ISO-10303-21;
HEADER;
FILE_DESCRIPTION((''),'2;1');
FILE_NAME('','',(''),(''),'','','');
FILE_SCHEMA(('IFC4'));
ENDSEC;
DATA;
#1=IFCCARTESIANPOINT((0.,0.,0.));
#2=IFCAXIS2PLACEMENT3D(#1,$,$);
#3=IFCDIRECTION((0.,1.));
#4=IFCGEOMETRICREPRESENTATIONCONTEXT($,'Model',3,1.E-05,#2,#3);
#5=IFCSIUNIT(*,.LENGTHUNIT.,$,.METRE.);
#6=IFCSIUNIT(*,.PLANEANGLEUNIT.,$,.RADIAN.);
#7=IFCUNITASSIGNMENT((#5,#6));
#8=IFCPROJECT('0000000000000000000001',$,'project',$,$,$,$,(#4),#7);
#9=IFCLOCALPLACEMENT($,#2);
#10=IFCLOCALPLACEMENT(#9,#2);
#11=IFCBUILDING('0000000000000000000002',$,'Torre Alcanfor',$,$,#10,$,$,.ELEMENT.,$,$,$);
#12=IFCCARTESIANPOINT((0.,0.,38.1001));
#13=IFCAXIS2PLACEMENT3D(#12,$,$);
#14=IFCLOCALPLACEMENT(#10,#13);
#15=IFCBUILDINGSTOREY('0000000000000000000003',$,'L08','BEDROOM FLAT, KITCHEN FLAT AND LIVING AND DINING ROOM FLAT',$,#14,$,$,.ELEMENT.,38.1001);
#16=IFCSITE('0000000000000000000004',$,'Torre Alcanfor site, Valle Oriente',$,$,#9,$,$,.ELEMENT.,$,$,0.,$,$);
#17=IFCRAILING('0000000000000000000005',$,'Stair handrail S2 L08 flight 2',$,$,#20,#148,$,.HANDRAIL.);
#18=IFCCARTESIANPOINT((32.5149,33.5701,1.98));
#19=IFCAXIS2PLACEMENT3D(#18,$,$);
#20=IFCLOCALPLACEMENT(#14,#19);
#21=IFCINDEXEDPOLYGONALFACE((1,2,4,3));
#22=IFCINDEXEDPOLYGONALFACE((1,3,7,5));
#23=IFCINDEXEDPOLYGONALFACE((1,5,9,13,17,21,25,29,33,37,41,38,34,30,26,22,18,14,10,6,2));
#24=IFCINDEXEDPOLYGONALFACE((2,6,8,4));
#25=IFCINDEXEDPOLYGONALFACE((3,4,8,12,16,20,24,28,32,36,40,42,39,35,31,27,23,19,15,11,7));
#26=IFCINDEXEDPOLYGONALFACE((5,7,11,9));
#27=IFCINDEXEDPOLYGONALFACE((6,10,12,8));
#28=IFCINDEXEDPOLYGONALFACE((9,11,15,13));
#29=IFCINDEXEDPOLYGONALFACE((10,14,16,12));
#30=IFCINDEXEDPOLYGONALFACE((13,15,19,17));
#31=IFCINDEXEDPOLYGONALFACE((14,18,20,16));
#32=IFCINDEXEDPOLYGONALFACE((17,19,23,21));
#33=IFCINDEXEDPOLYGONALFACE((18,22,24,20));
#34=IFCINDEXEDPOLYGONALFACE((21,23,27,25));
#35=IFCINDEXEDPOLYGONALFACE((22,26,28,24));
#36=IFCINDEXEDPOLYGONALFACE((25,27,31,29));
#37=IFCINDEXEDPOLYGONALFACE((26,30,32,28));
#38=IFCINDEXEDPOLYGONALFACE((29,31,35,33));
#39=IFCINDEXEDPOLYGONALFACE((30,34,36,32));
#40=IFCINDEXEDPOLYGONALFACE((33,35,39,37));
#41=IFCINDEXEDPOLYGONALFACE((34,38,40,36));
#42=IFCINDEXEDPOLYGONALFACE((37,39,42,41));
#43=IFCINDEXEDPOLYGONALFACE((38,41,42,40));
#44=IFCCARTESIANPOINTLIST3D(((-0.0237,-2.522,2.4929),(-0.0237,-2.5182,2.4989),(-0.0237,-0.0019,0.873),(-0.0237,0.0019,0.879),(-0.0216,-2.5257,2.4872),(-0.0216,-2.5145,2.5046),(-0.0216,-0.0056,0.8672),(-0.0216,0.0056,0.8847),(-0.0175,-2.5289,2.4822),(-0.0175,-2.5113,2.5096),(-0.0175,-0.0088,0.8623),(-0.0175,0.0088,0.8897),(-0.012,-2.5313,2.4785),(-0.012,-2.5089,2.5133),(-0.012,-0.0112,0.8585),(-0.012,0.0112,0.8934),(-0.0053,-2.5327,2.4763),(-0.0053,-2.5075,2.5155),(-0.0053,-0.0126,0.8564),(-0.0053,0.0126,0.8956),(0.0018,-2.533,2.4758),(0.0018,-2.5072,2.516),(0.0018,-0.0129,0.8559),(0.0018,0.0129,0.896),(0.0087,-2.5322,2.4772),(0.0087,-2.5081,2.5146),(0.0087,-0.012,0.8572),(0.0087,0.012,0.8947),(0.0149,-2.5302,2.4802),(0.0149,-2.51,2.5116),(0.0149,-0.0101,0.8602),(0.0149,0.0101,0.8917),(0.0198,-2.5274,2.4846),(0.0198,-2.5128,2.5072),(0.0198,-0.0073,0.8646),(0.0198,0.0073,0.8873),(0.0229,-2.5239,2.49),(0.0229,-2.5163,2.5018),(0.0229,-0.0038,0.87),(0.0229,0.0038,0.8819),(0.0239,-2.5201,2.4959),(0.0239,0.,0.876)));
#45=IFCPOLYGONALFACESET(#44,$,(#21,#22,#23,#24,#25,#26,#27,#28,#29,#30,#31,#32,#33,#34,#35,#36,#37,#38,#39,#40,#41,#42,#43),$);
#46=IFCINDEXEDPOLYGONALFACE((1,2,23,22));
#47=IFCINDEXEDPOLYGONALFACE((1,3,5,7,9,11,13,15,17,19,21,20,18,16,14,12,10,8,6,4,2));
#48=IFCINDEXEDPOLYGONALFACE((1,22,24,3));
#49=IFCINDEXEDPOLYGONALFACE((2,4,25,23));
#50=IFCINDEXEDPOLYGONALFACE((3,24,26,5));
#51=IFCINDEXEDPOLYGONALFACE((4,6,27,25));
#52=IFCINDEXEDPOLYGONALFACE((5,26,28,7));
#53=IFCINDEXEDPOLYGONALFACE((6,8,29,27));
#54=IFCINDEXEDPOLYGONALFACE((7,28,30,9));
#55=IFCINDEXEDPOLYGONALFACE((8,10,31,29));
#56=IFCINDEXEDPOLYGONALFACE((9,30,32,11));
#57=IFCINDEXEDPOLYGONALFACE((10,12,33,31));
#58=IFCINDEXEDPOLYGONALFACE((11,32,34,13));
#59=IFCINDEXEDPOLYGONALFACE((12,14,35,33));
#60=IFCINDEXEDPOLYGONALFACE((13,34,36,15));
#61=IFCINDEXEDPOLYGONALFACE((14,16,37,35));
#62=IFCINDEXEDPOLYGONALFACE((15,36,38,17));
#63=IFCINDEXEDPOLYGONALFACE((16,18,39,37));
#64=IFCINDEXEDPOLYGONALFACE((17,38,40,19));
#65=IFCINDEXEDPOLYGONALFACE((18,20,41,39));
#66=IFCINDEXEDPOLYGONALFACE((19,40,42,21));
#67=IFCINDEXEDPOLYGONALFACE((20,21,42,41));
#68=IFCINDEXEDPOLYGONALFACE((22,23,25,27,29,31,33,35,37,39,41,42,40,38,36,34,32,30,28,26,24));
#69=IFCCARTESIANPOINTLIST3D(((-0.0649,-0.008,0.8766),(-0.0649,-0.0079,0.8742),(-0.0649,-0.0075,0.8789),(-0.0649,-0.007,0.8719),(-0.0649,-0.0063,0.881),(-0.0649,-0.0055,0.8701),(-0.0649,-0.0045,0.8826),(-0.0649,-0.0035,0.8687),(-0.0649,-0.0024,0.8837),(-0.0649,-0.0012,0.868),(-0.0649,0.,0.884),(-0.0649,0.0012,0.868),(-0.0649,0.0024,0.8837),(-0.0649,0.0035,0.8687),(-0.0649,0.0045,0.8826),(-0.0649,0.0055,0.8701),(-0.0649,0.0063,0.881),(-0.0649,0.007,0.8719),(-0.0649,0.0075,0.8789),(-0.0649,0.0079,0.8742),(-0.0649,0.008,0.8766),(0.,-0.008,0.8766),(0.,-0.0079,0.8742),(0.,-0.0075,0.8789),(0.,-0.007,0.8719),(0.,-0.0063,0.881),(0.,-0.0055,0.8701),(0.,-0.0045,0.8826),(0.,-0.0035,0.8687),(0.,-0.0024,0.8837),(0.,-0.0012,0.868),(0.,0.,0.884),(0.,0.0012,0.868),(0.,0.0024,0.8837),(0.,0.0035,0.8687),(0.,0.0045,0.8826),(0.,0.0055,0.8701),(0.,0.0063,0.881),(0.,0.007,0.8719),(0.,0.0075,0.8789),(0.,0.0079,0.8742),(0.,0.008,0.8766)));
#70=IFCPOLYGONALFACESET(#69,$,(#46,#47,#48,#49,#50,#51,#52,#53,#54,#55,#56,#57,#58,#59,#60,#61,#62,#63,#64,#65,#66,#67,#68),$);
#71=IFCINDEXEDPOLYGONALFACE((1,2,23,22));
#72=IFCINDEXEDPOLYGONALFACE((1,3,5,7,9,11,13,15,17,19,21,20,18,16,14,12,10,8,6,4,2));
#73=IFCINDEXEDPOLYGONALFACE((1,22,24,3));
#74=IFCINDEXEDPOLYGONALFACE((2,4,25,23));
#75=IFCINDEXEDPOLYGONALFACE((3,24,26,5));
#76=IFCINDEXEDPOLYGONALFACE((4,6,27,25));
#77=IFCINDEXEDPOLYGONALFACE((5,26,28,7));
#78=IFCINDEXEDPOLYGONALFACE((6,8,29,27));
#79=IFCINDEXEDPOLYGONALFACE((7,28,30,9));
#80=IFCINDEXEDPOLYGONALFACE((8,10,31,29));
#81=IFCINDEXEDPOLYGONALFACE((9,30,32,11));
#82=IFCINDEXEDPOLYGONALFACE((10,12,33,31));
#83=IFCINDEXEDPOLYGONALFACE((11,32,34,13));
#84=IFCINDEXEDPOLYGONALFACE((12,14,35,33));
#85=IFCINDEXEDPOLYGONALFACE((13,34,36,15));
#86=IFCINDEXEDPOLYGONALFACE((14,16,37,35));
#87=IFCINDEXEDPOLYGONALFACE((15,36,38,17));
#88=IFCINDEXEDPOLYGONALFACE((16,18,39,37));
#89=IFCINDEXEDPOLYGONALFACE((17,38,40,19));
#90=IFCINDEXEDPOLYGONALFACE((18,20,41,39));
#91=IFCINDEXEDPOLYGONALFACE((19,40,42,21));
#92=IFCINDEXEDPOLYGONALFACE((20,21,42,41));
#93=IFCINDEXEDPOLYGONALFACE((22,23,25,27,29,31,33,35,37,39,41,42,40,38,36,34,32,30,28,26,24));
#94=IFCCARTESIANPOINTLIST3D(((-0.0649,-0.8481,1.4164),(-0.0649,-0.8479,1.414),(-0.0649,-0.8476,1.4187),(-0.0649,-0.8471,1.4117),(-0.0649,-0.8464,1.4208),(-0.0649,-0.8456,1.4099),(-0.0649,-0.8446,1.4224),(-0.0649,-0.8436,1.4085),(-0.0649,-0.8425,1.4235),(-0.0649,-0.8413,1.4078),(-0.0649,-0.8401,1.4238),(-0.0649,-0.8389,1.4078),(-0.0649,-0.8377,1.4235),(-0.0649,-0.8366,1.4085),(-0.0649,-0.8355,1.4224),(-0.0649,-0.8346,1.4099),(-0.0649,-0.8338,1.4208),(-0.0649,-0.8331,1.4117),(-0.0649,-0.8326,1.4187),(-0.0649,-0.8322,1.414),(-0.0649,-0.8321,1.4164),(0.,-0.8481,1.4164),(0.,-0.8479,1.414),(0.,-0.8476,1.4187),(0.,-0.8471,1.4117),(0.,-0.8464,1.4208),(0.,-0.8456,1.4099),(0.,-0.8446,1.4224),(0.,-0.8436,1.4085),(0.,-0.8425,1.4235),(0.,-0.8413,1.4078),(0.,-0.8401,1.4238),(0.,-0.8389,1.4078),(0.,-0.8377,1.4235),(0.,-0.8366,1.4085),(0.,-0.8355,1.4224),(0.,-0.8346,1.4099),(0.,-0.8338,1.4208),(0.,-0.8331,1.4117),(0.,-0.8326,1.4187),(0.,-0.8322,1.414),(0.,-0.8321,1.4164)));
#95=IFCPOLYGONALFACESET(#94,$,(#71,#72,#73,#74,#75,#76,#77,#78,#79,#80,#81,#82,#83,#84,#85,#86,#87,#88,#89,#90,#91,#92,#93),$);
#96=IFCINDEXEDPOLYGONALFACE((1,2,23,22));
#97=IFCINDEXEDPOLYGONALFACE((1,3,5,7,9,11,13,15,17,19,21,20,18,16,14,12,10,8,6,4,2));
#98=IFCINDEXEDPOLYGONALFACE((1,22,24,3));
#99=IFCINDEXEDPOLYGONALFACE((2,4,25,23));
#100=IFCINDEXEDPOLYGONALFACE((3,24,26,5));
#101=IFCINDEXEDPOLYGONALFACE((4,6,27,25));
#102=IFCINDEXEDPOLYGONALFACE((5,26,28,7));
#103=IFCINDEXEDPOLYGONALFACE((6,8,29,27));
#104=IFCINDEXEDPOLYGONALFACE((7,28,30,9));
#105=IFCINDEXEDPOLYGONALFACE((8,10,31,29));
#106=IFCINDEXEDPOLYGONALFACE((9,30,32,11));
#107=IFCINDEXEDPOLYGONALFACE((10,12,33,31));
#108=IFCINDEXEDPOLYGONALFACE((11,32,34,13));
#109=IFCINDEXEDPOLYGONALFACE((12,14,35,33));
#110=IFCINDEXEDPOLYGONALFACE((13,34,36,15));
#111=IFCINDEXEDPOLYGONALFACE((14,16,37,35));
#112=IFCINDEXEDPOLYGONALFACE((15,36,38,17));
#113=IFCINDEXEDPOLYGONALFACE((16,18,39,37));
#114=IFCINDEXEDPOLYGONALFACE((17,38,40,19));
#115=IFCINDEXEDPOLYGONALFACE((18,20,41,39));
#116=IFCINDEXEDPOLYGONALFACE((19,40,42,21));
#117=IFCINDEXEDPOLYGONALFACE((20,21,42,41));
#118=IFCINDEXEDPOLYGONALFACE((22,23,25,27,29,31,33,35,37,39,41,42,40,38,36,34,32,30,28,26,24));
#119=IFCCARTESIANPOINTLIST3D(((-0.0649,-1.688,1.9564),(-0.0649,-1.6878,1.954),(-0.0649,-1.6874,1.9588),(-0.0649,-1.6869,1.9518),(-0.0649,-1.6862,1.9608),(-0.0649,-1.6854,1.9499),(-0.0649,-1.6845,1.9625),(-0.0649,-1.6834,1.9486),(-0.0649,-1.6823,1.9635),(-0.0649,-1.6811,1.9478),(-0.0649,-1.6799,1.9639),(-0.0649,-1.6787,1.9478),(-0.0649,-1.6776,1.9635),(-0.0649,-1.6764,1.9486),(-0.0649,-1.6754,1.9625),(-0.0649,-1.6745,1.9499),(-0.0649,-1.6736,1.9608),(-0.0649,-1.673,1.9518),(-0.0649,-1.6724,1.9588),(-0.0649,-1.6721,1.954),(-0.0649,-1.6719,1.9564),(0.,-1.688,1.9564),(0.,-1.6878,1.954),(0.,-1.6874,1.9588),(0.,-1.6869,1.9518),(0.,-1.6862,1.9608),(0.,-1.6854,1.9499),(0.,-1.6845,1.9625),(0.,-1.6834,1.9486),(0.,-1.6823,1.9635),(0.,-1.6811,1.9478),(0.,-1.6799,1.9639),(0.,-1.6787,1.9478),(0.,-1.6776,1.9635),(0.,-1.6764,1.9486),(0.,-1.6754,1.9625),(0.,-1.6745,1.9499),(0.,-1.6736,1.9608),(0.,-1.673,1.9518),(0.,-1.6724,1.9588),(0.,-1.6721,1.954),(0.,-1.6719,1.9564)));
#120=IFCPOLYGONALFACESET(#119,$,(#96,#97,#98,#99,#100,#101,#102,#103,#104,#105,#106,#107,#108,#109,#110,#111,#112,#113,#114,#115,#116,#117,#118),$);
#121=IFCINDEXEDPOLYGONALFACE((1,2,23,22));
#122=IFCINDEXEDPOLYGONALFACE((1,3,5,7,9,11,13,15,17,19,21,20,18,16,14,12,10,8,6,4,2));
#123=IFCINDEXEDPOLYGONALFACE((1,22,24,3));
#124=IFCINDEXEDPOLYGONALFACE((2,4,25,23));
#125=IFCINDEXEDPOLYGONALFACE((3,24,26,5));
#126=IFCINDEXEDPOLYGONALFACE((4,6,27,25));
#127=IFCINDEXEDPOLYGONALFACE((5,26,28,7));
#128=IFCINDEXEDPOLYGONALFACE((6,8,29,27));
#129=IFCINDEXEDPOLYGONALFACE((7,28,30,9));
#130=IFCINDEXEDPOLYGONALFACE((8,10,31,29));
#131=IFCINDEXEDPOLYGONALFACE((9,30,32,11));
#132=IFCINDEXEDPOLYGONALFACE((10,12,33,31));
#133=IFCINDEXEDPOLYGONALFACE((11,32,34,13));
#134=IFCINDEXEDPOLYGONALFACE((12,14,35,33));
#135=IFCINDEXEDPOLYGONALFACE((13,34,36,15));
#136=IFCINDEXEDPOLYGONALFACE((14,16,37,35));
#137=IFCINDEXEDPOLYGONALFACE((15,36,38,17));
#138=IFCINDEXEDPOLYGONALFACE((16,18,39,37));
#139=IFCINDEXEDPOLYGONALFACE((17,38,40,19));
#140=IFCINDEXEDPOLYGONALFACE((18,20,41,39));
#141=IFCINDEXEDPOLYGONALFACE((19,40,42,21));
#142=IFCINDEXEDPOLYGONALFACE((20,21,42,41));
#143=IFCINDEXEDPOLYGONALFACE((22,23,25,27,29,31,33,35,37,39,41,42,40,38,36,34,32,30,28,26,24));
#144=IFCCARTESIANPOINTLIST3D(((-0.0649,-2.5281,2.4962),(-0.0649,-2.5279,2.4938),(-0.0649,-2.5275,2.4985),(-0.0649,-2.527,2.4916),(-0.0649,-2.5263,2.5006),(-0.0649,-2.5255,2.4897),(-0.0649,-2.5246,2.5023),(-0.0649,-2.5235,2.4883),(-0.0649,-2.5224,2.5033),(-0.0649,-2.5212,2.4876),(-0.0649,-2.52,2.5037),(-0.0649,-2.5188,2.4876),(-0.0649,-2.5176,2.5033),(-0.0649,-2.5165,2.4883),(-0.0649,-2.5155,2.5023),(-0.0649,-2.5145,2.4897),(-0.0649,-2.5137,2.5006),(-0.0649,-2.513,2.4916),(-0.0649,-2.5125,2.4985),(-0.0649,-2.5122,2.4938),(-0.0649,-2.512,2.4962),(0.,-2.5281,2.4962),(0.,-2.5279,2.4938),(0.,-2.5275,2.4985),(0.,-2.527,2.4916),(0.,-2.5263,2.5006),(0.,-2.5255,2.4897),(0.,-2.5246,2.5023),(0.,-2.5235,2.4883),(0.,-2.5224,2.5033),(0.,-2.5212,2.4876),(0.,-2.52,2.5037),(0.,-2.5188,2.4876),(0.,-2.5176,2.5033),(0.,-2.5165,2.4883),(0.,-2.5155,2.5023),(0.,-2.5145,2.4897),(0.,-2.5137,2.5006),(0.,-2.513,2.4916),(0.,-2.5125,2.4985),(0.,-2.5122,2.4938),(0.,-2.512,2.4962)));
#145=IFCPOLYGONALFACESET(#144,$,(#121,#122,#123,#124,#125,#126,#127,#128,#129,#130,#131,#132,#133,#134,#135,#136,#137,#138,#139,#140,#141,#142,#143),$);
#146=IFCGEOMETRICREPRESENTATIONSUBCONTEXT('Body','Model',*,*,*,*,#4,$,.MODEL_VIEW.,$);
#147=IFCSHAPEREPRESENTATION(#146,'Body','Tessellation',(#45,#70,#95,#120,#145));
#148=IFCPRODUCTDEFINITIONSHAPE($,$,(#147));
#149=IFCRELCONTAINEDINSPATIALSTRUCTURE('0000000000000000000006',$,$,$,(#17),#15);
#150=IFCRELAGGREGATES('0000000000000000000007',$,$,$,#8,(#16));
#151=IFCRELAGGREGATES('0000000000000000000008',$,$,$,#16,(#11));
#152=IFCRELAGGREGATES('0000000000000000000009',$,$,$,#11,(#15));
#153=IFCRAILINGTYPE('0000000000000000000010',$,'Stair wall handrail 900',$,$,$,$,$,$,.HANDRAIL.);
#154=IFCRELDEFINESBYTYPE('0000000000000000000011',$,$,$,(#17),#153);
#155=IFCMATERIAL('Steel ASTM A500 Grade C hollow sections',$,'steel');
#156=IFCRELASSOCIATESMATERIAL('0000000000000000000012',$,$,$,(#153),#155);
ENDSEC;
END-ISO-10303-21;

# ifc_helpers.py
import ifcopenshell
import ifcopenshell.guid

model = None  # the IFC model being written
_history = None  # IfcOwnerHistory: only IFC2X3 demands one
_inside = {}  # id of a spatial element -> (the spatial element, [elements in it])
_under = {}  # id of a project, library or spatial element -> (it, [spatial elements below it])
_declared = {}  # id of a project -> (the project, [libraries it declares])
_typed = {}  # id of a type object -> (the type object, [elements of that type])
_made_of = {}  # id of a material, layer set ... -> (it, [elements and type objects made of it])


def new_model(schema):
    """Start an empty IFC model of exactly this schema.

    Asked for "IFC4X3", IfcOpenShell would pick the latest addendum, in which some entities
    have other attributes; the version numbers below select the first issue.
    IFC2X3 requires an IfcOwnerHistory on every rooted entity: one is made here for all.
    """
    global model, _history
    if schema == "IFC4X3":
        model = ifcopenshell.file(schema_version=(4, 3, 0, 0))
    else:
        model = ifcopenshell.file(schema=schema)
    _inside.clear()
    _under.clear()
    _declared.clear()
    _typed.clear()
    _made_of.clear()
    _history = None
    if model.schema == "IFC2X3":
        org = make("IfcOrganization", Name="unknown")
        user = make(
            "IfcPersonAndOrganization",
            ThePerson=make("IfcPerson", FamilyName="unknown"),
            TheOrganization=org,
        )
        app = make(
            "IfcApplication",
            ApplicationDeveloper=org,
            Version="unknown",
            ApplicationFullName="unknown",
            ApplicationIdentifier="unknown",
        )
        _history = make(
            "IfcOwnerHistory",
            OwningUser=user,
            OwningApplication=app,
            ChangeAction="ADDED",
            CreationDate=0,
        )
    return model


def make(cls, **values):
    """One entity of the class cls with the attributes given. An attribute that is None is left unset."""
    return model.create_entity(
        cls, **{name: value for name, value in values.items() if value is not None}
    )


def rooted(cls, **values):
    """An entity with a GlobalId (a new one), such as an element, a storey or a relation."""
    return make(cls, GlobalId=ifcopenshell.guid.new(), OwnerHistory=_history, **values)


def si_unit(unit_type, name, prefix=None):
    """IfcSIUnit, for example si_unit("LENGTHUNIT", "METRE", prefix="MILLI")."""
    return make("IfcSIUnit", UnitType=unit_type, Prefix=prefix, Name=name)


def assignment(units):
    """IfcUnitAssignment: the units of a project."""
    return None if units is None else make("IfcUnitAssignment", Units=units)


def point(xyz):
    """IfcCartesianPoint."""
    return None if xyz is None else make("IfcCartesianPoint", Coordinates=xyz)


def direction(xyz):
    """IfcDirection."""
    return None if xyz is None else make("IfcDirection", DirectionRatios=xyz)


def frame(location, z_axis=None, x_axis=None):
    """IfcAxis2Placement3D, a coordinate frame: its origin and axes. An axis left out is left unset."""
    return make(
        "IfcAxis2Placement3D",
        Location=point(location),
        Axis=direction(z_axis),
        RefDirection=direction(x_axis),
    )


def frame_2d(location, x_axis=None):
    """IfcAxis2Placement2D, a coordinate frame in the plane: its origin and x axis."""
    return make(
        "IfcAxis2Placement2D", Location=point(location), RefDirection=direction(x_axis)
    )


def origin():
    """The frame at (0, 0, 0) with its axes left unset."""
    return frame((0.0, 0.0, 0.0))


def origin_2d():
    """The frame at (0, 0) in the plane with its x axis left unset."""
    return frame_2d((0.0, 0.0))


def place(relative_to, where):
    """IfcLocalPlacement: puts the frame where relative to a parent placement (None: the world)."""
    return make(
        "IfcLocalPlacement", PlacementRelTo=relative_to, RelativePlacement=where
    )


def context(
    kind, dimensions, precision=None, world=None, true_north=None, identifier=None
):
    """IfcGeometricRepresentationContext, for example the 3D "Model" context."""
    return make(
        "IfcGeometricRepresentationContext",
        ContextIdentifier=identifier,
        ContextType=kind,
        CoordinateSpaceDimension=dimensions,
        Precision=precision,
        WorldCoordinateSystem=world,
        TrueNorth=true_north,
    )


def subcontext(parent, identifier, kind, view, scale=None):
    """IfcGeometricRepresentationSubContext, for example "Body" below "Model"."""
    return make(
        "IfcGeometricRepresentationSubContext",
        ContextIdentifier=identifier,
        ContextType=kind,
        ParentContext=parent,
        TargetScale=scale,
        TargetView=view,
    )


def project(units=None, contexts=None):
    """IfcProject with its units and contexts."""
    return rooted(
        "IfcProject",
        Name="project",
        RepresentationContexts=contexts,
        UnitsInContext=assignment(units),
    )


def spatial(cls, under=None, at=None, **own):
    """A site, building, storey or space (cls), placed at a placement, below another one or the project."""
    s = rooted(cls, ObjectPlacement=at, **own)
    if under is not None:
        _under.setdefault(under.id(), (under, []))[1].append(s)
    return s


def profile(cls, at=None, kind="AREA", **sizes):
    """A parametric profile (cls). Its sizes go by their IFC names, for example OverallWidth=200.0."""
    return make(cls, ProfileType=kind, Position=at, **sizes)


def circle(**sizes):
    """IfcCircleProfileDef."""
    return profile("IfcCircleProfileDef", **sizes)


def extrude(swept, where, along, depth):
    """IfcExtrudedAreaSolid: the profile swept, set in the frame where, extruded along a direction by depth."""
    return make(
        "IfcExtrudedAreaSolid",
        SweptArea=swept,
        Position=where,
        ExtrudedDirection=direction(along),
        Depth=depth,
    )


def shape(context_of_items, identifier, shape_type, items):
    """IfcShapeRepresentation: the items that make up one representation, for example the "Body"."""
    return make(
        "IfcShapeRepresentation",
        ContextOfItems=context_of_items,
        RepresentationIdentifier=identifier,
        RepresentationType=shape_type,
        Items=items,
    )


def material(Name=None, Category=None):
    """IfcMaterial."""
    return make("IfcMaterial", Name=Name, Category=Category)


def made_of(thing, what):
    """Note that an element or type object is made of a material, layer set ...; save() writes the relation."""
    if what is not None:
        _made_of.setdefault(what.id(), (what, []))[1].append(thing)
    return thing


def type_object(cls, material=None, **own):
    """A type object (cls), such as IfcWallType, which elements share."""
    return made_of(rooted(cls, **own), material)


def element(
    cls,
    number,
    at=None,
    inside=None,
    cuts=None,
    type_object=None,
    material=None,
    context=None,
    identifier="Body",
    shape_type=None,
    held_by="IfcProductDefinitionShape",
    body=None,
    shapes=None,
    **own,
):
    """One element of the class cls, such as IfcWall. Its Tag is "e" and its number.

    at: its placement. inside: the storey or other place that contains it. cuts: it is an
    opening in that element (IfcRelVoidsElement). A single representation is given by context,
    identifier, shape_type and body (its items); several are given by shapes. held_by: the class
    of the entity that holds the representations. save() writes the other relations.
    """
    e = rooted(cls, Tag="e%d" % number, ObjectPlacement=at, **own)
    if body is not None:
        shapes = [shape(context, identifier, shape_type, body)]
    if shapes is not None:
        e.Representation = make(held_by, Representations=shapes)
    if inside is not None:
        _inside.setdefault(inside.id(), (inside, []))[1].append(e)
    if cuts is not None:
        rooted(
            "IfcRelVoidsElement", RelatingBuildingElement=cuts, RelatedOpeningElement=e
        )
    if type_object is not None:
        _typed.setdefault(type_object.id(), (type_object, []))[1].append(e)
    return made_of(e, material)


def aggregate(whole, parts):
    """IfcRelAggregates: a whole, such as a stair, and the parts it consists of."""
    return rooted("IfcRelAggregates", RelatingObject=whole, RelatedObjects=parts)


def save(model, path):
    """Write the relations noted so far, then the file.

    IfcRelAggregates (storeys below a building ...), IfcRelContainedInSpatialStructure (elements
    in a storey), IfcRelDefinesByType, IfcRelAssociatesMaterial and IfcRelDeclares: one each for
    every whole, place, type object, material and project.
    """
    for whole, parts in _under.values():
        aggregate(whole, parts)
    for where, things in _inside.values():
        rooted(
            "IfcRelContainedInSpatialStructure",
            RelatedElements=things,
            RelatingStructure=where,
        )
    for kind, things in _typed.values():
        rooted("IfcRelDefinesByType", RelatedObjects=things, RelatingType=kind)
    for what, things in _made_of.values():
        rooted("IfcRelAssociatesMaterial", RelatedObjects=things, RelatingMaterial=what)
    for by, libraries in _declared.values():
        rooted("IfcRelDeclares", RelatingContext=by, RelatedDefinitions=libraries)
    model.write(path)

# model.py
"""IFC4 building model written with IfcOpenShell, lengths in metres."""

from ifc_helpers import new_model, si_unit, direction, frame, origin, origin_2d, place, context, subcontext, project, spatial, circle, extrude, material, type_object, element, save


model = new_model("IFC4")

# Units and contexts
model_context = context("Model", 3, precision=1e-05, world=origin(), true_north=direction((0.0, 1.0)))
body_context = subcontext(model_context, "Body", "Model", "MODEL_VIEW")
ifc_project = project(units=[si_unit("LENGTHUNIT", "METRE"), si_unit("PLANEANGLEUNIT", "RADIAN")], contexts=[model_context])

# Site, building, storey
site_placement = place(None, origin())
site = spatial("IfcSite", under=ifc_project, at=site_placement, Name="Torre Alcanfor site, Valle Oriente", CompositionType="ELEMENT", RefElevation=0.0)
building_placement = place(site_placement, origin())
building = spatial("IfcBuilding", under=site, at=building_placement, Name="Torre Alcanfor", CompositionType="ELEMENT")
storey_placement = place(building_placement, frame((0.0, 0.0, 38.1001)))
storey = spatial("IfcBuildingStorey", under=building, at=storey_placement, Name="L08", Description="BEDROOM FLAT, KITCHEN FLAT AND LIVING AND DINING ROOM FLAT", CompositionType="ELEMENT", Elevation=38.1001)

# Railing
ifc_material_1 = material(Name="Steel ASTM A500 Grade C hollow sections", Category="steel")
railing_type_1 = type_object("IfcRailingType", Name="Stair wall handrail 900", PredefinedType="HANDRAIL", material=ifc_material_1)
railing_1_placement = place(storey_placement, frame((32.5149, 33.5701, 1.98)))
element("IfcRailing", 1, at=railing_1_placement, inside=storey, type_object=railing_type_1, Name="Stair handrail S2 L08 flight 2", PredefinedType="HANDRAIL", context=body_context, shape_type="SweptSolid", body=[
    extrude(circle(Radius=0.0239, at=origin_2d()), frame((0.0, 0.0, 0.876), z_axis=(0.0, -0.8412, 0.540725), x_axis=(1.0, 0.0, 0.0)), (0.0, 0.0, 1.0), 2.9958),
    extrude(circle(Radius=0.0081, at=origin_2d()), frame((0.0, 0.0, 0.876), z_axis=(-1.0, 0.0, 0.0), x_axis=(0.0, 0.0, 1.0)), (0.0, 0.0, 1.0), 0.0649),
    extrude(circle(Radius=0.0081, at=origin_2d()), frame((0.0, -0.8401, 1.4158), z_axis=(-1.0, 0.0, 0.0), x_axis=(0.0, 0.0, 1.0)), (0.0, 0.0, 1.0), 0.0649),
    extrude(circle(Radius=0.0081, at=origin_2d()), frame((0.0, -1.6799, 1.9558), z_axis=(-1.0, 0.0, 0.0), x_axis=(0.0, 0.0, 1.0)), (0.0, 0.0, 1.0), 0.0649),
    extrude(circle(Radius=0.0081, at=origin_2d()), frame((0.0, -2.52, 2.4956), z_axis=(-1.0, 0.0, 0.0), x_axis=(0.0, 0.0, 1.0)), (0.0, 0.0, 1.0), 0.0649),
])

save(model, "model.ifc")
